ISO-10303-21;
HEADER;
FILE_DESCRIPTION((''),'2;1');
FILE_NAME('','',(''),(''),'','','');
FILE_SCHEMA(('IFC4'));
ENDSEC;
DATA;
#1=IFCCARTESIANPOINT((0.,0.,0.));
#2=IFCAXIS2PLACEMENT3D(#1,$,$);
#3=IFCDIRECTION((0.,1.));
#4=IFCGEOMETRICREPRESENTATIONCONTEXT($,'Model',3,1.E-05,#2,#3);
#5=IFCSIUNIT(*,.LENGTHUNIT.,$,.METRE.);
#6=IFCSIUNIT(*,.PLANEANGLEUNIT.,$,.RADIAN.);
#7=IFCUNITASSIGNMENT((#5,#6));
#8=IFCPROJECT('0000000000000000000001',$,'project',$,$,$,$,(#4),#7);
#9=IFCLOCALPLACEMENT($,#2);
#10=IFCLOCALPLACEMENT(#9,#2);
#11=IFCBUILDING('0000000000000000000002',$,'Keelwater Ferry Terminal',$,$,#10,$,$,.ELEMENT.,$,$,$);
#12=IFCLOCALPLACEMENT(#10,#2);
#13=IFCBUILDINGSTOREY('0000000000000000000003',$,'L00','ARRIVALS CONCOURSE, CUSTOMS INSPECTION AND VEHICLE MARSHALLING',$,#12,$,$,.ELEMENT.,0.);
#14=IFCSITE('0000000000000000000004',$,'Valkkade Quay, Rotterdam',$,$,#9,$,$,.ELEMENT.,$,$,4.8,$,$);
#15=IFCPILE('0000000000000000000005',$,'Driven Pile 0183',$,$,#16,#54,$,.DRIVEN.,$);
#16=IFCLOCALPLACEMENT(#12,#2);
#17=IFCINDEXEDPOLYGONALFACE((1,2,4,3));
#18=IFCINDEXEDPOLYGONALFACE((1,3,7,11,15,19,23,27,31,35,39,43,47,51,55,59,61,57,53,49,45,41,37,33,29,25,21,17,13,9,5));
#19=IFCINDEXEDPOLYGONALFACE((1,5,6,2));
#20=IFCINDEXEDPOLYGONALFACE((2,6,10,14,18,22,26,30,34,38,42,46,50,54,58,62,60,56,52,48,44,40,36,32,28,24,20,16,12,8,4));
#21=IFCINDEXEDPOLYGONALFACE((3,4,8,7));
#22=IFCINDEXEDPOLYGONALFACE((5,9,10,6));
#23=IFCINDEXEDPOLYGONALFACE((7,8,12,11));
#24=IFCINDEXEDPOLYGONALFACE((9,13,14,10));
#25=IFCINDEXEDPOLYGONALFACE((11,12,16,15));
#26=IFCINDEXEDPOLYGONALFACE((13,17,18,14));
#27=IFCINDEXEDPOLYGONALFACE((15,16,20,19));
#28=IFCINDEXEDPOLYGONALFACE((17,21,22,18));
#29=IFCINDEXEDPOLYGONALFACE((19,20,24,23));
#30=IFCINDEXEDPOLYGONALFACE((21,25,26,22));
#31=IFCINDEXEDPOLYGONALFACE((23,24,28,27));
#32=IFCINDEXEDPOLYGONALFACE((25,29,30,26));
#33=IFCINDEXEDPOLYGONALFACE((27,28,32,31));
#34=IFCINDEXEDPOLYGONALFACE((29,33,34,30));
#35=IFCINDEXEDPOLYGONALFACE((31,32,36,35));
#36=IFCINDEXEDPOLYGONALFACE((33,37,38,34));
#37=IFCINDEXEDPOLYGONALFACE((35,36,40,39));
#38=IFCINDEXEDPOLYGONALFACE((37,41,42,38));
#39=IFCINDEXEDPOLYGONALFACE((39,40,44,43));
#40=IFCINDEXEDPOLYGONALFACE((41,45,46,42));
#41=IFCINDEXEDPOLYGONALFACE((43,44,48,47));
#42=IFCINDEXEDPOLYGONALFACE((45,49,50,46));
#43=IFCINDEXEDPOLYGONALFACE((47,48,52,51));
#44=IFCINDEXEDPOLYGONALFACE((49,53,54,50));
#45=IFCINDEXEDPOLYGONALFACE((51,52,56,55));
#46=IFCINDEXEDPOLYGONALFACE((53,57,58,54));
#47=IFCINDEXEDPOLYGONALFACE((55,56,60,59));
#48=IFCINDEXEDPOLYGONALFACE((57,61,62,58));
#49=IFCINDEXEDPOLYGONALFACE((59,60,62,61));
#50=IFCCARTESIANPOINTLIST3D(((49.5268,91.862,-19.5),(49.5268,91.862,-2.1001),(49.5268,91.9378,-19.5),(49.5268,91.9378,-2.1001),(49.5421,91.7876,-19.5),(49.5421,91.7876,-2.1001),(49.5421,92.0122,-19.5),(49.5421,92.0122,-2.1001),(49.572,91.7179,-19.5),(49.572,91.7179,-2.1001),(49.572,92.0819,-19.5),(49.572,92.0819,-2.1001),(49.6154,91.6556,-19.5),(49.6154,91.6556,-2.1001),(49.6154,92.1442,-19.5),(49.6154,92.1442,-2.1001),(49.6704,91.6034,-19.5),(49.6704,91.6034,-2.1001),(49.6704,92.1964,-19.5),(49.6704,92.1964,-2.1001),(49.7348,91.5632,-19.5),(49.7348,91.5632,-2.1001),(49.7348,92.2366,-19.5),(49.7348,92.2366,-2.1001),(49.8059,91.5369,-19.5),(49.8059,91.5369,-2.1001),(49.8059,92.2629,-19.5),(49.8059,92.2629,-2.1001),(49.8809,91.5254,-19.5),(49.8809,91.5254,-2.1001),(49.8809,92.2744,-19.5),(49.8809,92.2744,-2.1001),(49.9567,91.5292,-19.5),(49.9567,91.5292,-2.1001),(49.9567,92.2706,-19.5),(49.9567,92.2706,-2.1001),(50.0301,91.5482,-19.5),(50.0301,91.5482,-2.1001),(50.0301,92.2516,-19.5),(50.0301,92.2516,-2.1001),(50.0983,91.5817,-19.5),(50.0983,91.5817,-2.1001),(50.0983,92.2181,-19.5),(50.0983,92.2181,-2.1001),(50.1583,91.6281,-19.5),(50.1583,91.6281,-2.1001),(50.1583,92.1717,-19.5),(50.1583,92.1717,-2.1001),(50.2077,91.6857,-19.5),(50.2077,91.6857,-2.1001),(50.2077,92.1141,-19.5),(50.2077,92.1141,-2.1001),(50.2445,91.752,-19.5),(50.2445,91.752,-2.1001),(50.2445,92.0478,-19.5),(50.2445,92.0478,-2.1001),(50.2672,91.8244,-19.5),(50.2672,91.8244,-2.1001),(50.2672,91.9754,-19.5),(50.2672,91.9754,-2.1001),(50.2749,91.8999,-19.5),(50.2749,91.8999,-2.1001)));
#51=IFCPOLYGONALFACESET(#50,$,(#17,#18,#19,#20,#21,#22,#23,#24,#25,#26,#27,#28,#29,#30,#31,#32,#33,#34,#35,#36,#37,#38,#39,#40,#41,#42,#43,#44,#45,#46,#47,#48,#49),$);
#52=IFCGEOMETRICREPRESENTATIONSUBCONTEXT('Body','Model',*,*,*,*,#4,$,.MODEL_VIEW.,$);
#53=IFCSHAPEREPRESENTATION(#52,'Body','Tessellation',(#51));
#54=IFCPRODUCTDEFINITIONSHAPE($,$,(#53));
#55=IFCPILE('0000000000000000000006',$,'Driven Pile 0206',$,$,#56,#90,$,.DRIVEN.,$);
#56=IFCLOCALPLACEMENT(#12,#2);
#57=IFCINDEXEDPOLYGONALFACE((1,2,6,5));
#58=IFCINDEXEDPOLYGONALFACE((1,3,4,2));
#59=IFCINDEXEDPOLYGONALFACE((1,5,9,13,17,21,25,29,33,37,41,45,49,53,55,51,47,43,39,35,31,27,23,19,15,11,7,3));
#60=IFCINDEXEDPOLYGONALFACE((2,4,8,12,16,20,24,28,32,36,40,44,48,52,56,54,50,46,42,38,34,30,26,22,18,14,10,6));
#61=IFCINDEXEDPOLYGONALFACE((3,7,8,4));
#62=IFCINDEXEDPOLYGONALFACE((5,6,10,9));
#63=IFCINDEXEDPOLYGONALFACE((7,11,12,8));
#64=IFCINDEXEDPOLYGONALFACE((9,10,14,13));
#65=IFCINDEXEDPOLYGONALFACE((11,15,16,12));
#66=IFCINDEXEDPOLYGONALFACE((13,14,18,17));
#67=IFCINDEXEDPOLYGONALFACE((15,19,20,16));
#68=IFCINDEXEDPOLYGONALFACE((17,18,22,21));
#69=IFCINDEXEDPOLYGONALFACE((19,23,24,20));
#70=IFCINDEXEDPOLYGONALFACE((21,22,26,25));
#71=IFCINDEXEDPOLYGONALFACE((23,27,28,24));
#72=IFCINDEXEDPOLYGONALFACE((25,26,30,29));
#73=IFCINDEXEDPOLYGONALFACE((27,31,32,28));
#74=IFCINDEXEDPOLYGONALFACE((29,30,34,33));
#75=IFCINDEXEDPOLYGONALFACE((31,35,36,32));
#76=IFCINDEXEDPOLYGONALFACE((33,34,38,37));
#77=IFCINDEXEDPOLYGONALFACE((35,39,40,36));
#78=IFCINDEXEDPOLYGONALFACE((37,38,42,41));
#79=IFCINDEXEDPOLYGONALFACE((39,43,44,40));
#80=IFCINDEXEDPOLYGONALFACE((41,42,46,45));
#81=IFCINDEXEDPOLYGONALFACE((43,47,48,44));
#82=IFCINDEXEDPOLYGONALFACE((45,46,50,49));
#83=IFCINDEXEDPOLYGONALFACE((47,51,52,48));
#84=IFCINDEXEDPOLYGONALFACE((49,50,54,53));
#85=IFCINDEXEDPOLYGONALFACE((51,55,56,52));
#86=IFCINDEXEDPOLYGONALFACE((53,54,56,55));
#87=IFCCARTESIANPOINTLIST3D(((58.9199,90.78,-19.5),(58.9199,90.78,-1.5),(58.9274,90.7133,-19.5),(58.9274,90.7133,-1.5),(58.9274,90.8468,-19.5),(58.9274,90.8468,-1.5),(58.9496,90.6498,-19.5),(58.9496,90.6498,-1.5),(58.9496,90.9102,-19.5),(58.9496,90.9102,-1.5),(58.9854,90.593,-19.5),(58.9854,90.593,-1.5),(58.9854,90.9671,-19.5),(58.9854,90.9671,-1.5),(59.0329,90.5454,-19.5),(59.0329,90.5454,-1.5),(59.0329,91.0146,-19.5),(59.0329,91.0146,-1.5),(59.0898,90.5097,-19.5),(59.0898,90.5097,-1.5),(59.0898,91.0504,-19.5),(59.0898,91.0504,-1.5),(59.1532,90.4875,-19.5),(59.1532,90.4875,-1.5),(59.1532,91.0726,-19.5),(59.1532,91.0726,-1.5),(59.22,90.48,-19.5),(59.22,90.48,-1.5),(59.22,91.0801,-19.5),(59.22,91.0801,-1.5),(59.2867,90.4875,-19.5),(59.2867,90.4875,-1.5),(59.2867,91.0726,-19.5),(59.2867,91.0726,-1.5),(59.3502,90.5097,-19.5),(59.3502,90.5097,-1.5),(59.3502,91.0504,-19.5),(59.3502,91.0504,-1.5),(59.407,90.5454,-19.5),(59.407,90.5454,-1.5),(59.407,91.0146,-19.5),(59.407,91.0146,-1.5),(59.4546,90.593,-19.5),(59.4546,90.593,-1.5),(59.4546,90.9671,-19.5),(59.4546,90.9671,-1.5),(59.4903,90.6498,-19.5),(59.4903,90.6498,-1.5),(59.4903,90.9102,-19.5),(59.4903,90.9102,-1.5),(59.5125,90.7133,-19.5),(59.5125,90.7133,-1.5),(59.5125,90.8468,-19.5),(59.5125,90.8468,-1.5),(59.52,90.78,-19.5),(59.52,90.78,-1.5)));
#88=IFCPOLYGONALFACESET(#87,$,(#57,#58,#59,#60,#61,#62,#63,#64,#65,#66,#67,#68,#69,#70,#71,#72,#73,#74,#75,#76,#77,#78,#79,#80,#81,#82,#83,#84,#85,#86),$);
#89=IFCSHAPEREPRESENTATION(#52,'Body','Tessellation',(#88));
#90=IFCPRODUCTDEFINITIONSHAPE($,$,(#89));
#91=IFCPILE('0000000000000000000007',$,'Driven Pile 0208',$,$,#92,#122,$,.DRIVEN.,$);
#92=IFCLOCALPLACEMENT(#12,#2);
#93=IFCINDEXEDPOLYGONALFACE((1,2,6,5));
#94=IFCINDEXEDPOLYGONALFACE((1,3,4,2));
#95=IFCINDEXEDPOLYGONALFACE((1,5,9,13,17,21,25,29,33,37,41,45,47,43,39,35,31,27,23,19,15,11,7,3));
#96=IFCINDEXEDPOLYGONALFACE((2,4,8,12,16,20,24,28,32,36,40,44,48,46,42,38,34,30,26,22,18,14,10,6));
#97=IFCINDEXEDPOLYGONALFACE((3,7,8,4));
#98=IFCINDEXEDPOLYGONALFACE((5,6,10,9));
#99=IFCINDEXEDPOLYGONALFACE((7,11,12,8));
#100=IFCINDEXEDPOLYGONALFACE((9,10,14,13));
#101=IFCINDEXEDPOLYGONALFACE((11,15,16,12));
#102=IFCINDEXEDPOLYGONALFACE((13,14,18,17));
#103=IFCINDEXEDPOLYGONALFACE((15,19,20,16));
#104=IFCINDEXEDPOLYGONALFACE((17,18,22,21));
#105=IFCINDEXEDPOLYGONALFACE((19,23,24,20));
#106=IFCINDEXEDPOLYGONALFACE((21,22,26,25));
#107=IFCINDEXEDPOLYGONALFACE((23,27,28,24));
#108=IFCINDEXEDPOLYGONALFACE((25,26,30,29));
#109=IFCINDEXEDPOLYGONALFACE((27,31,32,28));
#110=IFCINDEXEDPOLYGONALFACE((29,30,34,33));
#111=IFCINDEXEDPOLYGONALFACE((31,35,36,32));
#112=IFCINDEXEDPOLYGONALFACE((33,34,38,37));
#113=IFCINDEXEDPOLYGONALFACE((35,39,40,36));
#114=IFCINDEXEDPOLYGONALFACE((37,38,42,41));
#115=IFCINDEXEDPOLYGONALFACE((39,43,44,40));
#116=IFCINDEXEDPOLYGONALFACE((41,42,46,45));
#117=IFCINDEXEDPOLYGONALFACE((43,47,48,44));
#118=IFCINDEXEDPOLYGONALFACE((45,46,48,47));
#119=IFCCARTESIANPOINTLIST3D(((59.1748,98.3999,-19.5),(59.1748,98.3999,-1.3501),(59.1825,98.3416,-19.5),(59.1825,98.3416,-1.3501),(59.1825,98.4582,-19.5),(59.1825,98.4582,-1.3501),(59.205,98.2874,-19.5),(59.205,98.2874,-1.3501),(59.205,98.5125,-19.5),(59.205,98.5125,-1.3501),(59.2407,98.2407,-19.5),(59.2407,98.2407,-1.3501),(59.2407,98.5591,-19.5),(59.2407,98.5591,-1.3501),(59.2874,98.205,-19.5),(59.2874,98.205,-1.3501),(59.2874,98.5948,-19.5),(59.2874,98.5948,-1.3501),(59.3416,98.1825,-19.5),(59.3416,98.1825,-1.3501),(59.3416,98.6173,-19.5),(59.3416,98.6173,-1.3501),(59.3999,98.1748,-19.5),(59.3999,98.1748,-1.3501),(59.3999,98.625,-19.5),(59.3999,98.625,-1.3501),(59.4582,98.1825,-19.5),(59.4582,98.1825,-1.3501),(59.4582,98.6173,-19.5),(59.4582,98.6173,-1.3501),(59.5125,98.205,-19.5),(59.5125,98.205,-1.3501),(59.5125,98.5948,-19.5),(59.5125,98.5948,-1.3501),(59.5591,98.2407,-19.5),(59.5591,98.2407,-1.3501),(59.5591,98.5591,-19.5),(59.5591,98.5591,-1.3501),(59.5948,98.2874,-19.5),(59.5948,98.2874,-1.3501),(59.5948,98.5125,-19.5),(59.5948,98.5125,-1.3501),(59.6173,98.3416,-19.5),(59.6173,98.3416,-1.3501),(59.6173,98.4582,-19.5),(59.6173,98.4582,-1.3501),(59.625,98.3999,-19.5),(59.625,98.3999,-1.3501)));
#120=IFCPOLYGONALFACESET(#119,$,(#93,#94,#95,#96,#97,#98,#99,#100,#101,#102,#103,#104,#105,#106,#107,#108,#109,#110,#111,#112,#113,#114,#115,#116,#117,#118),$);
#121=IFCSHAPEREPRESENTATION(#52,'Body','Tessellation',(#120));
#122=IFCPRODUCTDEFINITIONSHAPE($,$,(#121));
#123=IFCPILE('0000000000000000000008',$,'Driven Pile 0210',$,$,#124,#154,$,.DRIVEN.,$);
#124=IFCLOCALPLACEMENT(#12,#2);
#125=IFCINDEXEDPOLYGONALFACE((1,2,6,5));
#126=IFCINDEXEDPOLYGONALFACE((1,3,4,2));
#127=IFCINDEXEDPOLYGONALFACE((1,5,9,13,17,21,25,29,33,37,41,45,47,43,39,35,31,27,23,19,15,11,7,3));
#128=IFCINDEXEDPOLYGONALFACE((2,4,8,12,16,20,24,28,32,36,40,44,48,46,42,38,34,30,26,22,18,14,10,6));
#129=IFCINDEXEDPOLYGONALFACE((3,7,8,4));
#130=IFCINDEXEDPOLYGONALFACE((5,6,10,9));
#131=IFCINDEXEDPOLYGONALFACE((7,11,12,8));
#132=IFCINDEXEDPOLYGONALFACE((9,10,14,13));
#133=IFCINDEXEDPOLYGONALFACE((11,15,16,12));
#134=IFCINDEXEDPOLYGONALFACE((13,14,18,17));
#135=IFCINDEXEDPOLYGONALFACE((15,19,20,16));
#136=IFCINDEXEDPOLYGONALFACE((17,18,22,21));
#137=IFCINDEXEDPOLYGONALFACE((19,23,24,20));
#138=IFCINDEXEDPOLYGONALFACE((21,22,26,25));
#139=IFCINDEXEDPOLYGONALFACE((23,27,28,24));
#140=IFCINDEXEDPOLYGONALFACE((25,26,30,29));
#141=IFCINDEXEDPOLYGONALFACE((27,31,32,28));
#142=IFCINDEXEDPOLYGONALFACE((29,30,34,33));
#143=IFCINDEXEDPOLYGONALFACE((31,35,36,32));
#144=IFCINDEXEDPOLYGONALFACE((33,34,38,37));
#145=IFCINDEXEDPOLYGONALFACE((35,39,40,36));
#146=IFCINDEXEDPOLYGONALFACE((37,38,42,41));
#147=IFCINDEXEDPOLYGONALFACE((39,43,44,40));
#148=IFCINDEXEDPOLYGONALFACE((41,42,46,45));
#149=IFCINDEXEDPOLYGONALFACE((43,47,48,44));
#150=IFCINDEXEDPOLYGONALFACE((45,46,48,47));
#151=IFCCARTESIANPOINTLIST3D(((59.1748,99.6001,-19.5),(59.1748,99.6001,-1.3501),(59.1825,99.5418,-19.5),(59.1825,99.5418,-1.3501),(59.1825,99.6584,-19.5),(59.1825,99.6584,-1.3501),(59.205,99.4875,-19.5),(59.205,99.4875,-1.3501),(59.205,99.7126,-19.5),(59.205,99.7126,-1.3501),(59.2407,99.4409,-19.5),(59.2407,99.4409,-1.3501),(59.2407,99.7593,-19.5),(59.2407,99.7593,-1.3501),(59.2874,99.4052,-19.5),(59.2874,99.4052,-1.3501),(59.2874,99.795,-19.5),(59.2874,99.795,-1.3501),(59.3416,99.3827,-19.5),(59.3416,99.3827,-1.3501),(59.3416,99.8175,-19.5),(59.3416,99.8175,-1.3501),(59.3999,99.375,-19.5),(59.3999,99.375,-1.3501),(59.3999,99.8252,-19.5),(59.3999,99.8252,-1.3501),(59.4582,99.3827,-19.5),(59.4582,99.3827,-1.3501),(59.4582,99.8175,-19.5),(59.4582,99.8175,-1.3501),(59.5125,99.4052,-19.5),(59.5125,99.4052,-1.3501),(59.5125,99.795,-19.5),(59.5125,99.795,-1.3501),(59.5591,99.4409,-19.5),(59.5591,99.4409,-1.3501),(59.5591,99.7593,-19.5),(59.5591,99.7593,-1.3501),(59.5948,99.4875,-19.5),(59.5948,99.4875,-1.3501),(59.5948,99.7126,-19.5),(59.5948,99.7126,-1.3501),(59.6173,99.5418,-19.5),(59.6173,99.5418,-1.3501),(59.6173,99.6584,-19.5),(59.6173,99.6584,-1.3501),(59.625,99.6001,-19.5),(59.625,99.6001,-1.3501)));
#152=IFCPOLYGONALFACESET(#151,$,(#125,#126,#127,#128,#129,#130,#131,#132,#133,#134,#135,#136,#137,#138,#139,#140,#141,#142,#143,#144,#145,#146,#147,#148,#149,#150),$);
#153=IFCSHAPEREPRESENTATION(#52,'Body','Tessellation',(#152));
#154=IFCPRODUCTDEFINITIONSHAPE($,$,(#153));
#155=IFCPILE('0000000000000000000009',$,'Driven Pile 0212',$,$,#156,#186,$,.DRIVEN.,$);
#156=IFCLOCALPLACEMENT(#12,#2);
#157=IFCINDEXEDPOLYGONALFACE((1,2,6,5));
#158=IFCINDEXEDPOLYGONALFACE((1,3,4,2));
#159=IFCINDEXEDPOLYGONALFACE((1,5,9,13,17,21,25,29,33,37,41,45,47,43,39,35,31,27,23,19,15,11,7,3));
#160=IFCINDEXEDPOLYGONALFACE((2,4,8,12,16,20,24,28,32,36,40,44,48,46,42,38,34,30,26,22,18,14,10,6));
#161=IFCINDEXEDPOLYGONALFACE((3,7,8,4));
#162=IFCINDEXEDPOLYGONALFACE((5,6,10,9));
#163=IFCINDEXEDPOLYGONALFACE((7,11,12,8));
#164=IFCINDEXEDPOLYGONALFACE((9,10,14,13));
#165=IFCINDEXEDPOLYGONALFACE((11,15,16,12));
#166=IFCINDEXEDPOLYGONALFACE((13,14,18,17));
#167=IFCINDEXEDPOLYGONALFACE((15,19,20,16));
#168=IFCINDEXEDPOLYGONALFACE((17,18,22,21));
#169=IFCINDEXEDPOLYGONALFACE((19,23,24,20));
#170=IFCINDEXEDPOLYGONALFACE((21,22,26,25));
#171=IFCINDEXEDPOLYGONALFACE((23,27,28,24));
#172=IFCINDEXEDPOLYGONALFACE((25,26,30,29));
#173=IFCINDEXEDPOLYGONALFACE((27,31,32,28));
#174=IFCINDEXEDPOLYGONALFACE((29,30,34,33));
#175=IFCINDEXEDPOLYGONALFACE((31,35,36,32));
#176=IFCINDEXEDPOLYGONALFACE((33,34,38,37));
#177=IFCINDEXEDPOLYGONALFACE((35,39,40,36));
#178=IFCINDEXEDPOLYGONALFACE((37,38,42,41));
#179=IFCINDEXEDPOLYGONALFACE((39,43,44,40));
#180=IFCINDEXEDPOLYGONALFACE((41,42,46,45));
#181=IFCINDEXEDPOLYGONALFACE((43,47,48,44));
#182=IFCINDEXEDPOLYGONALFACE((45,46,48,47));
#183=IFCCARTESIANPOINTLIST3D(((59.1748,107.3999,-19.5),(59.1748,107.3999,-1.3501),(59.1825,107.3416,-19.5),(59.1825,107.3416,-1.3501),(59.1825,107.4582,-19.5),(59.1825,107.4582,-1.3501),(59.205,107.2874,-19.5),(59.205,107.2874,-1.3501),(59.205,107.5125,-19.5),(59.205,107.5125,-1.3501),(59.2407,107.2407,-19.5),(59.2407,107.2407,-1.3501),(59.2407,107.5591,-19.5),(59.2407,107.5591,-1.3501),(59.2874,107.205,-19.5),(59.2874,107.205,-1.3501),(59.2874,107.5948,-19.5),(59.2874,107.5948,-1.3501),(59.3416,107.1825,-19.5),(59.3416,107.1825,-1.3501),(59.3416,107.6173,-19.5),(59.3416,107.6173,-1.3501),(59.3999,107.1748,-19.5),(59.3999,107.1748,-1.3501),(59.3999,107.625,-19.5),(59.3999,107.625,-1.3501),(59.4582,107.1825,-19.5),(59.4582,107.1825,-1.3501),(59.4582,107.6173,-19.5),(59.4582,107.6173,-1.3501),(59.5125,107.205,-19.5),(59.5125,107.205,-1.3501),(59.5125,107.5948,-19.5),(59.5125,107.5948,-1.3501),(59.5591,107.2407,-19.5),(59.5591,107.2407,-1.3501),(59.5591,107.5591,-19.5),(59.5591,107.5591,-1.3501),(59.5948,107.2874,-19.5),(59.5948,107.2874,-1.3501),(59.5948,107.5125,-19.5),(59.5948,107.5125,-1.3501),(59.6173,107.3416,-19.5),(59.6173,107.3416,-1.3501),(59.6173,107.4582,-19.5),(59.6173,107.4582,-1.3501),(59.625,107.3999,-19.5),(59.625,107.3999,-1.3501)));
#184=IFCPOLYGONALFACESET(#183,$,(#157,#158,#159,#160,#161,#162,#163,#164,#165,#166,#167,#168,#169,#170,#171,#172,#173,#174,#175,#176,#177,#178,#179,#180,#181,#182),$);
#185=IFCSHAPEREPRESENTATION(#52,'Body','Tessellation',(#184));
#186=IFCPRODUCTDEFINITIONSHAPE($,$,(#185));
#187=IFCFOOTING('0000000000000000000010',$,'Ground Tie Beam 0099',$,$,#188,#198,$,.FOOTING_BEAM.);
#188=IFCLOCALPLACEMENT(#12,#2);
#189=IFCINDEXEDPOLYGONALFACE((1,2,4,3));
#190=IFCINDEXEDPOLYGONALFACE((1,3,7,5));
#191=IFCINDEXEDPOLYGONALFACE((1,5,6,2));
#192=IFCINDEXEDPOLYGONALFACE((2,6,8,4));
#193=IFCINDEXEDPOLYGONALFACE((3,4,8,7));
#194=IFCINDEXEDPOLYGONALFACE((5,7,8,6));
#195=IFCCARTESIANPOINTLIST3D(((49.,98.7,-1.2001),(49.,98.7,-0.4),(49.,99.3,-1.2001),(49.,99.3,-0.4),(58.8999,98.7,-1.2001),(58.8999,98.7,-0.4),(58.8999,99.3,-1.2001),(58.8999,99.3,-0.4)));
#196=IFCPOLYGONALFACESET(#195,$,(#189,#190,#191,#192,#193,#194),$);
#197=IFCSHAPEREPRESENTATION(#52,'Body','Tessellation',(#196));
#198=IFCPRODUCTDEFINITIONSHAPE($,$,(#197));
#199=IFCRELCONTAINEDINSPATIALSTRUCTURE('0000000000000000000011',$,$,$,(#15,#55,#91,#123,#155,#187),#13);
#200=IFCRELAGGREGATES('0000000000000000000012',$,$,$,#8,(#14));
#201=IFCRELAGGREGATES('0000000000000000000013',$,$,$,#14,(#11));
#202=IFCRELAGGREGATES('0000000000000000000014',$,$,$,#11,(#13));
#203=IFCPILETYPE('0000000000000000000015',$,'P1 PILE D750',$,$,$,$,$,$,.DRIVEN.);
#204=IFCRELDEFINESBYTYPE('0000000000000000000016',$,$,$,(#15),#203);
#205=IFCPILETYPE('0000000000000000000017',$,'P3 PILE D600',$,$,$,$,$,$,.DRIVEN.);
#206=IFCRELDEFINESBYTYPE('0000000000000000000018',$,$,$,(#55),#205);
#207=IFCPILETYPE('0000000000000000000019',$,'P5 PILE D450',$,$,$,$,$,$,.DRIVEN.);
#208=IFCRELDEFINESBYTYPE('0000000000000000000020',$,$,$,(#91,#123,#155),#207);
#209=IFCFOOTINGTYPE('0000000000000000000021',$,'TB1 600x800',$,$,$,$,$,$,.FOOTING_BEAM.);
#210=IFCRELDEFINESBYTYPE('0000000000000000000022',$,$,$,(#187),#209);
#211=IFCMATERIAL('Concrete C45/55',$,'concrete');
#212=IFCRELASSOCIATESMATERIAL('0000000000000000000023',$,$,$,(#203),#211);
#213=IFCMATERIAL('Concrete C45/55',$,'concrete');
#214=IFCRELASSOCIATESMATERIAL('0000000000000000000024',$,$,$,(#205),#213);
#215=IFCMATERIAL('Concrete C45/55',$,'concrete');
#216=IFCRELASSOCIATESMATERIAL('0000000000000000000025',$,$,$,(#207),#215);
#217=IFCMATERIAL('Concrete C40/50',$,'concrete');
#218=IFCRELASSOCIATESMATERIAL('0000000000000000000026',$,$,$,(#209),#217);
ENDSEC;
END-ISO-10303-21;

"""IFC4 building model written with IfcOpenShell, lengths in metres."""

from ifc_helpers import new_model, si_unit, direction, frame, origin, origin_2d, place, context, subcontext, project, spatial, rectangle, circle, extrude, material, material_profile, profile_set, type_object, element, save


model = new_model("IFC4")

# Units and contexts
model_context = context("Model", 3, precision=1e-05, world=origin(), true_north=direction((0.0, 1.0)))
body_context = subcontext(model_context, "Body", "Model", "MODEL_VIEW")
ifc_project = project(units=[si_unit("LENGTHUNIT", "METRE"), si_unit("PLANEANGLEUNIT", "RADIAN")], contexts=[model_context])

# Site, building, storey
site_placement = place(None, origin())
site = spatial("IfcSite", under=ifc_project, at=site_placement, Name="Valkkade Quay, Rotterdam", CompositionType="ELEMENT", RefElevation=4.8)
building_placement = place(site_placement, origin())
building = spatial("IfcBuilding", under=site, at=building_placement, Name="Keelwater Ferry Terminal", CompositionType="ELEMENT")
storey_placement = place(building_placement, origin())
storey = spatial("IfcBuildingStorey", under=building, at=storey_placement, Name="L00", Description="ARRIVALS CONCOURSE, CUSTOMS INSPECTION AND VEHICLE MARSHALLING", CompositionType="ELEMENT", Elevation=0.0)

# Piles
ifc_material_1 = material(Name="Concrete C45/55", Category="concrete")
ifc_material_profile_1 = material_profile(ifc_material_1, circle(Radius=0.375, at=origin_2d()), Name="PILE D750")
ifc_profile_set_1 = profile_set([ifc_material_profile_1], Name="Concrete C45/55")
pile_type_1 = type_object("IfcPileType", Name="P1 PILE D750", PredefinedType="DRIVEN", material=ifc_profile_set_1)
pile_1_placement = place(storey_placement, frame((49.8999, 91.8999, -2.1001), z_axis=(0.0, 0.0, -1.0), x_axis=(1.0, 0.0, 0.0)))
element("IfcPile", 1, at=pile_1_placement, inside=storey, type_object=pile_type_1, Name="Driven Pile 0183", PredefinedType="DRIVEN", context=body_context, shape_type="SweptSolid", body=[
    extrude(circle(Radius=0.375, at=origin_2d()), origin(), (0.0, 0.0, 1.0), 17.3999),
])
ifc_material_2 = material(Name="Concrete C45/55", Category="concrete")
ifc_material_profile_2 = material_profile(ifc_material_2, circle(Radius=0.3, at=origin_2d()), Name="PILE D600")
ifc_profile_set_2 = profile_set([ifc_material_profile_2], Name="Concrete C45/55")
pile_type_2 = type_object("IfcPileType", Name="P3 PILE D600", PredefinedType="DRIVEN", material=ifc_profile_set_2)
pile_2_placement = place(storey_placement, frame((59.22, 90.78, -1.5), z_axis=(0.0, 0.0, -1.0), x_axis=(1.0, 0.0, 0.0)))
element("IfcPile", 2, at=pile_2_placement, inside=storey, type_object=pile_type_2, Name="Driven Pile 0206", PredefinedType="DRIVEN", context=body_context, shape_type="SweptSolid", body=[
    extrude(circle(Radius=0.3, at=origin_2d()), origin(), (0.0, 0.0, 1.0), 18.0),
])
ifc_material_3 = material(Name="Concrete C45/55", Category="concrete")
ifc_material_profile_3 = material_profile(ifc_material_3, circle(Radius=0.2251, at=origin_2d()), Name="PILE D450")
ifc_profile_set_3 = profile_set([ifc_material_profile_3], Name="Concrete C45/55")
pile_type_3 = type_object("IfcPileType", Name="P5 PILE D450", PredefinedType="DRIVEN", material=ifc_profile_set_3)
for number, where, z_axis, x_axis, name in (
    (3, (59.3999, 98.3999, -1.3501), (0.0, 0.0, -1.0), (1.0, 0.0, 0.0), "Driven Pile 0208"),
    (4, (59.3999, 99.6001, -1.3501), (0.0, 0.0, -1.0), (1.0, 0.0, 0.0), "Driven Pile 0210"),
    (5, (59.3999, 107.3999, -1.3501), (0.0, 0.0, -1.0), (1.0, 0.0, 0.0), "Driven Pile 0212"),
):
    element("IfcPile", number, at=place(storey_placement, frame(where, z_axis=z_axis, x_axis=x_axis)), inside=storey, type_object=pile_type_3, Name=name, PredefinedType="DRIVEN", context=body_context, shape_type="SweptSolid", body=[
        extrude(circle(Radius=0.2251, at=origin_2d()), origin(), (0.0, 0.0, 1.0), 18.1499),
    ])

# Footing
ifc_material_4 = material(Name="Concrete C40/50", Category="concrete")
ifc_material_profile_4 = material_profile(ifc_material_4, rectangle(XDim=0.6001, YDim=0.8, at=origin_2d()), Name="TB 600x800")
ifc_profile_set_4 = profile_set([ifc_material_profile_4], Name="Concrete C40/50")
footing_type_1 = type_object("IfcFootingType", Name="TB1 600x800", PredefinedType="FOOTING_BEAM", material=ifc_profile_set_4)
for number, where, z_axis, x_axis, name in (
    (6, (49.0, 99.0, -0.8), (1.0, 0.0, 0.0), (0.0, 1.0, 0.0), "Ground Tie Beam 0099"),
):
    element("IfcFooting", number, at=place(storey_placement, frame(where, z_axis=z_axis, x_axis=x_axis)), inside=storey, type_object=footing_type_1, Name=name, PredefinedType="FOOTING_BEAM", context=body_context, shape_type="SweptSolid", body=[
        extrude(rectangle(XDim=0.6001, YDim=0.8, at=origin_2d()), origin(), (0.0, 0.0, 1.0), 9.8999),
    ])

save(model, "model.ifc")
